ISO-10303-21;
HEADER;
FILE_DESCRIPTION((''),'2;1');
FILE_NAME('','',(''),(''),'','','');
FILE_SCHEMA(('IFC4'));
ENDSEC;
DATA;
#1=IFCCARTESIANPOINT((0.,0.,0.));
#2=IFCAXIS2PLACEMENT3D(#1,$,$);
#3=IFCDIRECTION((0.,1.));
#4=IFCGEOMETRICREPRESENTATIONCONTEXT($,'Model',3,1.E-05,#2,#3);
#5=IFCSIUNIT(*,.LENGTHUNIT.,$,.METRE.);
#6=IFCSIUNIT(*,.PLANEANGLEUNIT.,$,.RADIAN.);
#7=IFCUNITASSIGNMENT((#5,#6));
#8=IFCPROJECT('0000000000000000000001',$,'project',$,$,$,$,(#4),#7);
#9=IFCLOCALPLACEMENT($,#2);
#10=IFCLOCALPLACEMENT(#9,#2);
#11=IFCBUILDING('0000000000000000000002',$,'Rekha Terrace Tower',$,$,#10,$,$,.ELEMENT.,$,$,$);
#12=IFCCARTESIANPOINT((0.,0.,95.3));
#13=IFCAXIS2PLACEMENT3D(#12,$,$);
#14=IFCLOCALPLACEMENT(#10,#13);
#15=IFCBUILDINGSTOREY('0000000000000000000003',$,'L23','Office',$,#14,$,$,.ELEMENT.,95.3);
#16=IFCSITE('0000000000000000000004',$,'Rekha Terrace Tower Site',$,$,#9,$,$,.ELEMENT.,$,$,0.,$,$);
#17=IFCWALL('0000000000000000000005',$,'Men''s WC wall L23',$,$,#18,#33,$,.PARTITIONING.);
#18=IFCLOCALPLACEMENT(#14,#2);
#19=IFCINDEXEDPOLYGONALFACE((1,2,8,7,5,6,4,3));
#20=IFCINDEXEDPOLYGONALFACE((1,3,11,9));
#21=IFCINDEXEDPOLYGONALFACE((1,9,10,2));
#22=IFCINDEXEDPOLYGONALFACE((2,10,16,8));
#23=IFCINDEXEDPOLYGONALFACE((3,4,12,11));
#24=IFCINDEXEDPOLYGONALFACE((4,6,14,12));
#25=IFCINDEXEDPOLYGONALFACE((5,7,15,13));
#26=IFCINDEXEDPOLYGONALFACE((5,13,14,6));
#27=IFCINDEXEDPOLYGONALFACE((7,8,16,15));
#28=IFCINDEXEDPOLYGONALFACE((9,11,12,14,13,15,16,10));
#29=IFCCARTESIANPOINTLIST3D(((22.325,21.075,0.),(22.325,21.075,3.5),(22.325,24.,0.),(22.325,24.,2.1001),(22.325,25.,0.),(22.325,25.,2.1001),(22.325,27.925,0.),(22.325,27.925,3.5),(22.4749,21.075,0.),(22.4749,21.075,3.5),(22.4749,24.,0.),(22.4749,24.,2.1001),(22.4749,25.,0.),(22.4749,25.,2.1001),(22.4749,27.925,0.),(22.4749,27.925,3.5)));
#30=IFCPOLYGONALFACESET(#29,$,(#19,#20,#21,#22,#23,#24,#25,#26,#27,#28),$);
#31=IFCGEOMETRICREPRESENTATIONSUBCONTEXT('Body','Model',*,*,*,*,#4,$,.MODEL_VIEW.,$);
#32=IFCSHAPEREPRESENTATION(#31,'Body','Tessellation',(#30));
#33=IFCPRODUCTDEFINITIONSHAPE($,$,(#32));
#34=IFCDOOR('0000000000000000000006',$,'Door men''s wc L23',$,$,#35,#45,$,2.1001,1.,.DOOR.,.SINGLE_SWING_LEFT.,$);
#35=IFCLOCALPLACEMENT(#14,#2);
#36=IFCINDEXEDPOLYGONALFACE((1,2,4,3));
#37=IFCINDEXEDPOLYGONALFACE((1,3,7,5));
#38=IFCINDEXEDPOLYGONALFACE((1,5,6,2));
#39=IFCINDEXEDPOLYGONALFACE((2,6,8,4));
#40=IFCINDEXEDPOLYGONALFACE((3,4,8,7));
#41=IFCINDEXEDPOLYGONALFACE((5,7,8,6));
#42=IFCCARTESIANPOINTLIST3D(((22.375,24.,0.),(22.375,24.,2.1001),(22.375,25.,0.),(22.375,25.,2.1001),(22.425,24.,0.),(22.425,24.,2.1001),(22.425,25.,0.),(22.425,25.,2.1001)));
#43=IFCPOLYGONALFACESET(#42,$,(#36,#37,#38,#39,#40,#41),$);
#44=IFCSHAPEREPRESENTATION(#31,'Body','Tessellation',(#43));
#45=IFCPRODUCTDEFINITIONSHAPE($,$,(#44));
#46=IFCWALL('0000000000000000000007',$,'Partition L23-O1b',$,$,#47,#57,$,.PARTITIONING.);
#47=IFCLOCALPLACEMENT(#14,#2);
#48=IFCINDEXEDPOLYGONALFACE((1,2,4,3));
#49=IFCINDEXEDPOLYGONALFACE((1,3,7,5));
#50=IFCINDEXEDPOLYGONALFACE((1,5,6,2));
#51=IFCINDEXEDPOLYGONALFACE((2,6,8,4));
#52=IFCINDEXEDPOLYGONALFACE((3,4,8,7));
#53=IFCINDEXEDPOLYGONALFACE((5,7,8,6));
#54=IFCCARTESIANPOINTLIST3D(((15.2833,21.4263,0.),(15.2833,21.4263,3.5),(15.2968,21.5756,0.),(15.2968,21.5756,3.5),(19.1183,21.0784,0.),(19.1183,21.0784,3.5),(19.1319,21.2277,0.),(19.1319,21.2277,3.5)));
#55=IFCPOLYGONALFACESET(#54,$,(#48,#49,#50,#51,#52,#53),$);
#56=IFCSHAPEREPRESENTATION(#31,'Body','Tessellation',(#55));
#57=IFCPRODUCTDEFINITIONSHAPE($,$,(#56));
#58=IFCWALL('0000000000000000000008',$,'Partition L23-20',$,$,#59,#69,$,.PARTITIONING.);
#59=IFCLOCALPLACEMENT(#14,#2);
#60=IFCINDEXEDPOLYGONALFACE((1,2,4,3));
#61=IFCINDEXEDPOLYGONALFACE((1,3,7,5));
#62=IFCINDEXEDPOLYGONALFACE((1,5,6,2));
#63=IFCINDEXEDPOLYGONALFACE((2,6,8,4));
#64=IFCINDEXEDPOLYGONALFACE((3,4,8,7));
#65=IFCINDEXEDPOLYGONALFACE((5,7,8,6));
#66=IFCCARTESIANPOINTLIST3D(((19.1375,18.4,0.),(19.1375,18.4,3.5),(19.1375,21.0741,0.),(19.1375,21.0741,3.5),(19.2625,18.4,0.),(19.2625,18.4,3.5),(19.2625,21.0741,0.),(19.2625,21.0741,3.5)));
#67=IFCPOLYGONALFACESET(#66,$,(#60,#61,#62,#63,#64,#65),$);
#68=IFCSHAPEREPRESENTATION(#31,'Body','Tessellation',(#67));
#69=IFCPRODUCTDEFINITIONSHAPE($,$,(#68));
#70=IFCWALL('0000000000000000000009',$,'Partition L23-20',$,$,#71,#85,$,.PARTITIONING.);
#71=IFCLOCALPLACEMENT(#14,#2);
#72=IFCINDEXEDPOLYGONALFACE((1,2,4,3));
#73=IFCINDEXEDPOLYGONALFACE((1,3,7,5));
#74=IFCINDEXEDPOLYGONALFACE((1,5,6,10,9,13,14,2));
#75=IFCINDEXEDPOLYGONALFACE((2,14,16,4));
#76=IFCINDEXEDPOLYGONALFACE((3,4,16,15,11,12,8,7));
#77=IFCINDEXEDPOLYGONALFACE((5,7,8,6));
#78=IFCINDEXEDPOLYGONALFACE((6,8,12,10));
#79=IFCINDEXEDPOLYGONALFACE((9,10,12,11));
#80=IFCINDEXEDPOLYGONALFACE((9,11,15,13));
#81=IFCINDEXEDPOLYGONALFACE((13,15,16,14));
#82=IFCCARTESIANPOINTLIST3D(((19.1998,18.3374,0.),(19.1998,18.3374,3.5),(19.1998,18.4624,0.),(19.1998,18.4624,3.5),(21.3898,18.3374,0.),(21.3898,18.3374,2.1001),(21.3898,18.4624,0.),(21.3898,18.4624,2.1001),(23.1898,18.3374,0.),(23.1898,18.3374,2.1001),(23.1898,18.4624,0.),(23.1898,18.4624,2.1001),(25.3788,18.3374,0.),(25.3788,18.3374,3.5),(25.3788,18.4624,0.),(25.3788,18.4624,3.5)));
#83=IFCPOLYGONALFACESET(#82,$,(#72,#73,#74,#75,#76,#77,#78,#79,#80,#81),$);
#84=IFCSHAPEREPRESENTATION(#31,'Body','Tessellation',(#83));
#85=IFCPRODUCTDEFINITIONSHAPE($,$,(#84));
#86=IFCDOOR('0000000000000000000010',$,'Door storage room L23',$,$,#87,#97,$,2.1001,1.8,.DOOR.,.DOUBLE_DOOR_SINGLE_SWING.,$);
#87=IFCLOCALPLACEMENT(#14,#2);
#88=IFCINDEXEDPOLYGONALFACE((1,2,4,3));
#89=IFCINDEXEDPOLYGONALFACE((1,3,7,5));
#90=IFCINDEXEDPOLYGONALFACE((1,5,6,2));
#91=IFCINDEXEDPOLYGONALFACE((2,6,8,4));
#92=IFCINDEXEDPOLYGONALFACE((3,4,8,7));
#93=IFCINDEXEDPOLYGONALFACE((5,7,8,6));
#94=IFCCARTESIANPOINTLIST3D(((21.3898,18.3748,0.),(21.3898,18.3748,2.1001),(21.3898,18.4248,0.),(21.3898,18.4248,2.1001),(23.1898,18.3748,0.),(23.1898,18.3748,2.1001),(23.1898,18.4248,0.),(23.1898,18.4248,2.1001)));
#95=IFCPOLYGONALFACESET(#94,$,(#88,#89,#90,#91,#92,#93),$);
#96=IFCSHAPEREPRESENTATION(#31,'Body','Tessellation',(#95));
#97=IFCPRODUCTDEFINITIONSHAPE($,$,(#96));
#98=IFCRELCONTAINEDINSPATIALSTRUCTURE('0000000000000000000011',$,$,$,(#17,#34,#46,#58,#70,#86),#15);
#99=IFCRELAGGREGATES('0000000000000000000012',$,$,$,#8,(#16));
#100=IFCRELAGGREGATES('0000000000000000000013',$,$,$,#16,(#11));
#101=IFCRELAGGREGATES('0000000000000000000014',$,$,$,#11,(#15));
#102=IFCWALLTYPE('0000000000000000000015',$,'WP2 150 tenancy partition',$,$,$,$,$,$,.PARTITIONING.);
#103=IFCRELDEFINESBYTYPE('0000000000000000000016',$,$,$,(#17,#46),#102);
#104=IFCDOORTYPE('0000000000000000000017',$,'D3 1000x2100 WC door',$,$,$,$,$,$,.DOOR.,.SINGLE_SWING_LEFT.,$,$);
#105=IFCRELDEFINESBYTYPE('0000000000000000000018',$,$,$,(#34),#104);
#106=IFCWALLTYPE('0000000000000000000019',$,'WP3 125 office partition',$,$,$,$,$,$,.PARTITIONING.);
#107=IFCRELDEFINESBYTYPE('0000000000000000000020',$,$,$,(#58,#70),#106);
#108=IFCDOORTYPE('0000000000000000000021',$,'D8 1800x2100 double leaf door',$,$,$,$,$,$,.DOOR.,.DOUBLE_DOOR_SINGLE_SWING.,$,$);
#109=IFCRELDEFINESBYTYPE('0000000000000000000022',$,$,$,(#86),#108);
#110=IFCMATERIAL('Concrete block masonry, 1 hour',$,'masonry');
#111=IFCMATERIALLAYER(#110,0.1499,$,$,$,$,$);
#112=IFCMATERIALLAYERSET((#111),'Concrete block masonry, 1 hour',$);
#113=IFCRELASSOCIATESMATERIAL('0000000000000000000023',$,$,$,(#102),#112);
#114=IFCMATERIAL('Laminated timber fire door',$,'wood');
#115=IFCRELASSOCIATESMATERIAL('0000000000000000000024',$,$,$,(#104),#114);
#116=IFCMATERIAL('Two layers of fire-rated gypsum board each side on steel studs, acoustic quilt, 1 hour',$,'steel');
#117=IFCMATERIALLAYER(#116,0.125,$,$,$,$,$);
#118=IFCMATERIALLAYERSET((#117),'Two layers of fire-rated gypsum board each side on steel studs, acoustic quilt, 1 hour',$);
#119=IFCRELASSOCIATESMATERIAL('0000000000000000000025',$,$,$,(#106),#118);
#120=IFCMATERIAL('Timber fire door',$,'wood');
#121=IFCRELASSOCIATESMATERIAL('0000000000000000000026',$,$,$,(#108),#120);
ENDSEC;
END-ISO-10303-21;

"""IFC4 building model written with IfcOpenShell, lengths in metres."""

from ifc_helpers import new_model, si_unit, direction, frame, frame_2d, origin, place, context, subcontext, project, spatial, rectangle, extrude, material, layer, layer_set, type_object, element, fill, save


model = new_model("IFC4")

# Units and contexts
model_context = context("Model", 3, precision=1e-05, world=origin(), true_north=direction((0.0, 1.0)))
body_context = subcontext(model_context, "Body", "Model", "MODEL_VIEW")
ifc_project = project(units=[si_unit("LENGTHUNIT", "METRE"), si_unit("PLANEANGLEUNIT", "RADIAN")], contexts=[model_context])

# Site, building, storey
site_placement = place(None, origin())
site = spatial("IfcSite", under=ifc_project, at=site_placement, Name="Rekha Terrace Tower Site", CompositionType="ELEMENT", RefElevation=0.0)
building_placement = place(site_placement, origin())
building = spatial("IfcBuilding", under=site, at=building_placement, Name="Rekha Terrace Tower", CompositionType="ELEMENT")
storey_placement = place(building_placement, frame((0.0, 0.0, 95.3)))
storey = spatial("IfcBuildingStorey", under=building, at=storey_placement, Name="L23", Description="Office", CompositionType="ELEMENT", Elevation=95.3)

# Shared definitions
ifc_material_1 = material(Name="Concrete block masonry, 1 hour", Category="masonry")
ifc_layer_1 = layer(ifc_material_1, 0.1499)
ifc_layer_set_1 = layer_set([ifc_layer_1], Name="Concrete block masonry, 1 hour")
wall_type_1 = type_object("IfcWallType", Name="WP2 150 tenancy partition", PredefinedType="PARTITIONING", material=ifc_layer_set_1)

# Wall, opening, door
wall_1_placement = place(storey_placement, frame((22.3999, 21.075, 0.0), z_axis=(0.0, 0.0, 1.0), x_axis=(0.0, 1.0, 0.0)))
wall_1 = element("IfcWall", 1, at=wall_1_placement, inside=storey, type_object=wall_type_1, Name="Men's WC wall L23", PredefinedType="PARTITIONING", context=body_context, shape_type="SweptSolid", body=[
    extrude(rectangle(XDim=6.8501, YDim=0.1499, at=frame_2d((3.425, 0.0))), origin(), (0.0, 0.0, 1.0), 3.5),
])
opening_1_placement = place(wall_1_placement, frame((2.925, 0.0, 0.0)))
opening_1 = element("IfcOpeningElement", 2, at=opening_1_placement, cuts=wall_1, PredefinedType="OPENING", context=body_context, shape_type="SweptSolid", body=[
    extrude(rectangle(XDim=1.0, YDim=2.1001, at=frame_2d((0.5, 1.05))), frame((0.0, 0.085, 0.0), z_axis=(0.0, -1.0, 0.0), x_axis=(1.0, 0.0, 0.0)), (0.0, 0.0, 1.0), 0.1699),
])
ifc_material_2 = material(Name="Laminated timber fire door", Category="wood")
door_type_1 = type_object("IfcDoorType", Name="D3 1000x2100 WC door", OperationType="SINGLE_SWING_LEFT", PredefinedType="DOOR", material=ifc_material_2)
door_1_placement = place(opening_1_placement, origin())
door_1 = element("IfcDoor", 3, at=door_1_placement, inside=storey, type_object=door_type_1, Name="Door men's wc L23", OperationType="SINGLE_SWING_LEFT", OverallHeight=2.1001, OverallWidth=1.0, PredefinedType="DOOR", context=body_context, shape_type="SweptSolid", body=[
    extrude(rectangle(XDim=1.0, YDim=2.1001, at=frame_2d((0.5, 1.05))), frame((0.0, 0.0249, 0.0), z_axis=(0.0, -1.0, 0.0), x_axis=(1.0, 0.0, 0.0)), (0.0, 0.0, 1.0), 0.05),
])
fill(opening_1, door_1)

# Walls
wall_2_placement = place(storey_placement, frame((19.125, 21.1531, 0.0), z_axis=(0.0, 0.0, 1.0), x_axis=(-0.99591, 0.090347, 0.0)))
element("IfcWall", 4, at=wall_2_placement, inside=storey, type_object=wall_type_1, Name="Partition L23-O1b", PredefinedType="PARTITIONING", context=body_context, shape_type="SweptSolid", body=[
    extrude(rectangle(XDim=3.8508, YDim=0.1499, at=frame_2d((1.9253, 0.0))), origin(), (0.0, 0.0, 1.0), 3.5),
])
ifc_material_3 = material(Name="Two layers of fire-rated gypsum board each side on steel studs, acoustic quilt, 1 hour", Category="steel")
ifc_layer_2 = layer(ifc_material_3, 0.125)
ifc_layer_set_2 = layer_set([ifc_layer_2], Name="Two layers of fire-rated gypsum board each side on steel studs, acoustic quilt, 1 hour")
wall_type_2 = type_object("IfcWallType", Name="WP3 125 office partition", PredefinedType="PARTITIONING", material=ifc_layer_set_2)
wall_3_placement = place(storey_placement, frame((19.2, 21.074, 0.0), z_axis=(0.0, 0.0, 1.0), x_axis=(0.0, -1.0, 0.0)))
element("IfcWall", 5, at=wall_3_placement, inside=storey, type_object=wall_type_2, Name="Partition L23-20", PredefinedType="PARTITIONING", context=body_context, shape_type="SweptSolid", body=[
    extrude(rectangle(XDim=2.6741, YDim=0.125, at=frame_2d((1.3369, 0.0))), origin(), (0.0, 0.0, 1.0), 3.5),
])

# Wall, opening, door
wall_4_placement = place(storey_placement, frame((19.2, 18.3999, 0.0), z_axis=(0.0, 0.0, 1.0), x_axis=(1.0, 0.0, 0.0)))
wall_4 = element("IfcWall", 6, at=wall_4_placement, inside=storey, type_object=wall_type_2, Name="Partition L23-20", PredefinedType="PARTITIONING", context=body_context, shape_type="SweptSolid", body=[
    extrude(rectangle(XDim=6.179, YDim=0.125, at=frame_2d((3.0894, 0.0))), origin(), (0.0, 0.0, 1.0), 3.5),
])
opening_2_placement = place(wall_4_placement, frame((2.1899, 0.0, 0.0)))
opening_2 = element("IfcOpeningElement", 7, at=opening_2_placement, cuts=wall_4, PredefinedType="OPENING", context=body_context, shape_type="SweptSolid", body=[
    extrude(rectangle(XDim=1.8, YDim=2.1001, at=frame_2d((0.8999, 1.05))), frame((0.0, 0.0725, 0.0), z_axis=(0.0, -1.0, 0.0), x_axis=(1.0, 0.0, 0.0)), (0.0, 0.0, 1.0), 0.145),
])
ifc_material_4 = material(Name="Timber fire door", Category="wood")
door_type_2 = type_object("IfcDoorType", Name="D8 1800x2100 double leaf door", OperationType="DOUBLE_DOOR_SINGLE_SWING", PredefinedType="DOOR", material=ifc_material_4)
door_2_placement = place(opening_2_placement, origin())
door_2 = element("IfcDoor", 8, at=door_2_placement, inside=storey, type_object=door_type_2, Name="Door storage room L23", OperationType="DOUBLE_DOOR_SINGLE_SWING", OverallHeight=2.1001, OverallWidth=1.8, PredefinedType="DOOR", context=body_context, shape_type="SweptSolid", body=[
    extrude(rectangle(XDim=1.8, YDim=2.1001, at=frame_2d((0.8999, 1.05))), frame((0.0, 0.0249, 0.0), z_axis=(0.0, -1.0, 0.0), x_axis=(1.0, 0.0, 0.0)), (0.0, 0.0, 1.0), 0.05),
])
fill(opening_2, door_2)

save(model, "model.ifc")
